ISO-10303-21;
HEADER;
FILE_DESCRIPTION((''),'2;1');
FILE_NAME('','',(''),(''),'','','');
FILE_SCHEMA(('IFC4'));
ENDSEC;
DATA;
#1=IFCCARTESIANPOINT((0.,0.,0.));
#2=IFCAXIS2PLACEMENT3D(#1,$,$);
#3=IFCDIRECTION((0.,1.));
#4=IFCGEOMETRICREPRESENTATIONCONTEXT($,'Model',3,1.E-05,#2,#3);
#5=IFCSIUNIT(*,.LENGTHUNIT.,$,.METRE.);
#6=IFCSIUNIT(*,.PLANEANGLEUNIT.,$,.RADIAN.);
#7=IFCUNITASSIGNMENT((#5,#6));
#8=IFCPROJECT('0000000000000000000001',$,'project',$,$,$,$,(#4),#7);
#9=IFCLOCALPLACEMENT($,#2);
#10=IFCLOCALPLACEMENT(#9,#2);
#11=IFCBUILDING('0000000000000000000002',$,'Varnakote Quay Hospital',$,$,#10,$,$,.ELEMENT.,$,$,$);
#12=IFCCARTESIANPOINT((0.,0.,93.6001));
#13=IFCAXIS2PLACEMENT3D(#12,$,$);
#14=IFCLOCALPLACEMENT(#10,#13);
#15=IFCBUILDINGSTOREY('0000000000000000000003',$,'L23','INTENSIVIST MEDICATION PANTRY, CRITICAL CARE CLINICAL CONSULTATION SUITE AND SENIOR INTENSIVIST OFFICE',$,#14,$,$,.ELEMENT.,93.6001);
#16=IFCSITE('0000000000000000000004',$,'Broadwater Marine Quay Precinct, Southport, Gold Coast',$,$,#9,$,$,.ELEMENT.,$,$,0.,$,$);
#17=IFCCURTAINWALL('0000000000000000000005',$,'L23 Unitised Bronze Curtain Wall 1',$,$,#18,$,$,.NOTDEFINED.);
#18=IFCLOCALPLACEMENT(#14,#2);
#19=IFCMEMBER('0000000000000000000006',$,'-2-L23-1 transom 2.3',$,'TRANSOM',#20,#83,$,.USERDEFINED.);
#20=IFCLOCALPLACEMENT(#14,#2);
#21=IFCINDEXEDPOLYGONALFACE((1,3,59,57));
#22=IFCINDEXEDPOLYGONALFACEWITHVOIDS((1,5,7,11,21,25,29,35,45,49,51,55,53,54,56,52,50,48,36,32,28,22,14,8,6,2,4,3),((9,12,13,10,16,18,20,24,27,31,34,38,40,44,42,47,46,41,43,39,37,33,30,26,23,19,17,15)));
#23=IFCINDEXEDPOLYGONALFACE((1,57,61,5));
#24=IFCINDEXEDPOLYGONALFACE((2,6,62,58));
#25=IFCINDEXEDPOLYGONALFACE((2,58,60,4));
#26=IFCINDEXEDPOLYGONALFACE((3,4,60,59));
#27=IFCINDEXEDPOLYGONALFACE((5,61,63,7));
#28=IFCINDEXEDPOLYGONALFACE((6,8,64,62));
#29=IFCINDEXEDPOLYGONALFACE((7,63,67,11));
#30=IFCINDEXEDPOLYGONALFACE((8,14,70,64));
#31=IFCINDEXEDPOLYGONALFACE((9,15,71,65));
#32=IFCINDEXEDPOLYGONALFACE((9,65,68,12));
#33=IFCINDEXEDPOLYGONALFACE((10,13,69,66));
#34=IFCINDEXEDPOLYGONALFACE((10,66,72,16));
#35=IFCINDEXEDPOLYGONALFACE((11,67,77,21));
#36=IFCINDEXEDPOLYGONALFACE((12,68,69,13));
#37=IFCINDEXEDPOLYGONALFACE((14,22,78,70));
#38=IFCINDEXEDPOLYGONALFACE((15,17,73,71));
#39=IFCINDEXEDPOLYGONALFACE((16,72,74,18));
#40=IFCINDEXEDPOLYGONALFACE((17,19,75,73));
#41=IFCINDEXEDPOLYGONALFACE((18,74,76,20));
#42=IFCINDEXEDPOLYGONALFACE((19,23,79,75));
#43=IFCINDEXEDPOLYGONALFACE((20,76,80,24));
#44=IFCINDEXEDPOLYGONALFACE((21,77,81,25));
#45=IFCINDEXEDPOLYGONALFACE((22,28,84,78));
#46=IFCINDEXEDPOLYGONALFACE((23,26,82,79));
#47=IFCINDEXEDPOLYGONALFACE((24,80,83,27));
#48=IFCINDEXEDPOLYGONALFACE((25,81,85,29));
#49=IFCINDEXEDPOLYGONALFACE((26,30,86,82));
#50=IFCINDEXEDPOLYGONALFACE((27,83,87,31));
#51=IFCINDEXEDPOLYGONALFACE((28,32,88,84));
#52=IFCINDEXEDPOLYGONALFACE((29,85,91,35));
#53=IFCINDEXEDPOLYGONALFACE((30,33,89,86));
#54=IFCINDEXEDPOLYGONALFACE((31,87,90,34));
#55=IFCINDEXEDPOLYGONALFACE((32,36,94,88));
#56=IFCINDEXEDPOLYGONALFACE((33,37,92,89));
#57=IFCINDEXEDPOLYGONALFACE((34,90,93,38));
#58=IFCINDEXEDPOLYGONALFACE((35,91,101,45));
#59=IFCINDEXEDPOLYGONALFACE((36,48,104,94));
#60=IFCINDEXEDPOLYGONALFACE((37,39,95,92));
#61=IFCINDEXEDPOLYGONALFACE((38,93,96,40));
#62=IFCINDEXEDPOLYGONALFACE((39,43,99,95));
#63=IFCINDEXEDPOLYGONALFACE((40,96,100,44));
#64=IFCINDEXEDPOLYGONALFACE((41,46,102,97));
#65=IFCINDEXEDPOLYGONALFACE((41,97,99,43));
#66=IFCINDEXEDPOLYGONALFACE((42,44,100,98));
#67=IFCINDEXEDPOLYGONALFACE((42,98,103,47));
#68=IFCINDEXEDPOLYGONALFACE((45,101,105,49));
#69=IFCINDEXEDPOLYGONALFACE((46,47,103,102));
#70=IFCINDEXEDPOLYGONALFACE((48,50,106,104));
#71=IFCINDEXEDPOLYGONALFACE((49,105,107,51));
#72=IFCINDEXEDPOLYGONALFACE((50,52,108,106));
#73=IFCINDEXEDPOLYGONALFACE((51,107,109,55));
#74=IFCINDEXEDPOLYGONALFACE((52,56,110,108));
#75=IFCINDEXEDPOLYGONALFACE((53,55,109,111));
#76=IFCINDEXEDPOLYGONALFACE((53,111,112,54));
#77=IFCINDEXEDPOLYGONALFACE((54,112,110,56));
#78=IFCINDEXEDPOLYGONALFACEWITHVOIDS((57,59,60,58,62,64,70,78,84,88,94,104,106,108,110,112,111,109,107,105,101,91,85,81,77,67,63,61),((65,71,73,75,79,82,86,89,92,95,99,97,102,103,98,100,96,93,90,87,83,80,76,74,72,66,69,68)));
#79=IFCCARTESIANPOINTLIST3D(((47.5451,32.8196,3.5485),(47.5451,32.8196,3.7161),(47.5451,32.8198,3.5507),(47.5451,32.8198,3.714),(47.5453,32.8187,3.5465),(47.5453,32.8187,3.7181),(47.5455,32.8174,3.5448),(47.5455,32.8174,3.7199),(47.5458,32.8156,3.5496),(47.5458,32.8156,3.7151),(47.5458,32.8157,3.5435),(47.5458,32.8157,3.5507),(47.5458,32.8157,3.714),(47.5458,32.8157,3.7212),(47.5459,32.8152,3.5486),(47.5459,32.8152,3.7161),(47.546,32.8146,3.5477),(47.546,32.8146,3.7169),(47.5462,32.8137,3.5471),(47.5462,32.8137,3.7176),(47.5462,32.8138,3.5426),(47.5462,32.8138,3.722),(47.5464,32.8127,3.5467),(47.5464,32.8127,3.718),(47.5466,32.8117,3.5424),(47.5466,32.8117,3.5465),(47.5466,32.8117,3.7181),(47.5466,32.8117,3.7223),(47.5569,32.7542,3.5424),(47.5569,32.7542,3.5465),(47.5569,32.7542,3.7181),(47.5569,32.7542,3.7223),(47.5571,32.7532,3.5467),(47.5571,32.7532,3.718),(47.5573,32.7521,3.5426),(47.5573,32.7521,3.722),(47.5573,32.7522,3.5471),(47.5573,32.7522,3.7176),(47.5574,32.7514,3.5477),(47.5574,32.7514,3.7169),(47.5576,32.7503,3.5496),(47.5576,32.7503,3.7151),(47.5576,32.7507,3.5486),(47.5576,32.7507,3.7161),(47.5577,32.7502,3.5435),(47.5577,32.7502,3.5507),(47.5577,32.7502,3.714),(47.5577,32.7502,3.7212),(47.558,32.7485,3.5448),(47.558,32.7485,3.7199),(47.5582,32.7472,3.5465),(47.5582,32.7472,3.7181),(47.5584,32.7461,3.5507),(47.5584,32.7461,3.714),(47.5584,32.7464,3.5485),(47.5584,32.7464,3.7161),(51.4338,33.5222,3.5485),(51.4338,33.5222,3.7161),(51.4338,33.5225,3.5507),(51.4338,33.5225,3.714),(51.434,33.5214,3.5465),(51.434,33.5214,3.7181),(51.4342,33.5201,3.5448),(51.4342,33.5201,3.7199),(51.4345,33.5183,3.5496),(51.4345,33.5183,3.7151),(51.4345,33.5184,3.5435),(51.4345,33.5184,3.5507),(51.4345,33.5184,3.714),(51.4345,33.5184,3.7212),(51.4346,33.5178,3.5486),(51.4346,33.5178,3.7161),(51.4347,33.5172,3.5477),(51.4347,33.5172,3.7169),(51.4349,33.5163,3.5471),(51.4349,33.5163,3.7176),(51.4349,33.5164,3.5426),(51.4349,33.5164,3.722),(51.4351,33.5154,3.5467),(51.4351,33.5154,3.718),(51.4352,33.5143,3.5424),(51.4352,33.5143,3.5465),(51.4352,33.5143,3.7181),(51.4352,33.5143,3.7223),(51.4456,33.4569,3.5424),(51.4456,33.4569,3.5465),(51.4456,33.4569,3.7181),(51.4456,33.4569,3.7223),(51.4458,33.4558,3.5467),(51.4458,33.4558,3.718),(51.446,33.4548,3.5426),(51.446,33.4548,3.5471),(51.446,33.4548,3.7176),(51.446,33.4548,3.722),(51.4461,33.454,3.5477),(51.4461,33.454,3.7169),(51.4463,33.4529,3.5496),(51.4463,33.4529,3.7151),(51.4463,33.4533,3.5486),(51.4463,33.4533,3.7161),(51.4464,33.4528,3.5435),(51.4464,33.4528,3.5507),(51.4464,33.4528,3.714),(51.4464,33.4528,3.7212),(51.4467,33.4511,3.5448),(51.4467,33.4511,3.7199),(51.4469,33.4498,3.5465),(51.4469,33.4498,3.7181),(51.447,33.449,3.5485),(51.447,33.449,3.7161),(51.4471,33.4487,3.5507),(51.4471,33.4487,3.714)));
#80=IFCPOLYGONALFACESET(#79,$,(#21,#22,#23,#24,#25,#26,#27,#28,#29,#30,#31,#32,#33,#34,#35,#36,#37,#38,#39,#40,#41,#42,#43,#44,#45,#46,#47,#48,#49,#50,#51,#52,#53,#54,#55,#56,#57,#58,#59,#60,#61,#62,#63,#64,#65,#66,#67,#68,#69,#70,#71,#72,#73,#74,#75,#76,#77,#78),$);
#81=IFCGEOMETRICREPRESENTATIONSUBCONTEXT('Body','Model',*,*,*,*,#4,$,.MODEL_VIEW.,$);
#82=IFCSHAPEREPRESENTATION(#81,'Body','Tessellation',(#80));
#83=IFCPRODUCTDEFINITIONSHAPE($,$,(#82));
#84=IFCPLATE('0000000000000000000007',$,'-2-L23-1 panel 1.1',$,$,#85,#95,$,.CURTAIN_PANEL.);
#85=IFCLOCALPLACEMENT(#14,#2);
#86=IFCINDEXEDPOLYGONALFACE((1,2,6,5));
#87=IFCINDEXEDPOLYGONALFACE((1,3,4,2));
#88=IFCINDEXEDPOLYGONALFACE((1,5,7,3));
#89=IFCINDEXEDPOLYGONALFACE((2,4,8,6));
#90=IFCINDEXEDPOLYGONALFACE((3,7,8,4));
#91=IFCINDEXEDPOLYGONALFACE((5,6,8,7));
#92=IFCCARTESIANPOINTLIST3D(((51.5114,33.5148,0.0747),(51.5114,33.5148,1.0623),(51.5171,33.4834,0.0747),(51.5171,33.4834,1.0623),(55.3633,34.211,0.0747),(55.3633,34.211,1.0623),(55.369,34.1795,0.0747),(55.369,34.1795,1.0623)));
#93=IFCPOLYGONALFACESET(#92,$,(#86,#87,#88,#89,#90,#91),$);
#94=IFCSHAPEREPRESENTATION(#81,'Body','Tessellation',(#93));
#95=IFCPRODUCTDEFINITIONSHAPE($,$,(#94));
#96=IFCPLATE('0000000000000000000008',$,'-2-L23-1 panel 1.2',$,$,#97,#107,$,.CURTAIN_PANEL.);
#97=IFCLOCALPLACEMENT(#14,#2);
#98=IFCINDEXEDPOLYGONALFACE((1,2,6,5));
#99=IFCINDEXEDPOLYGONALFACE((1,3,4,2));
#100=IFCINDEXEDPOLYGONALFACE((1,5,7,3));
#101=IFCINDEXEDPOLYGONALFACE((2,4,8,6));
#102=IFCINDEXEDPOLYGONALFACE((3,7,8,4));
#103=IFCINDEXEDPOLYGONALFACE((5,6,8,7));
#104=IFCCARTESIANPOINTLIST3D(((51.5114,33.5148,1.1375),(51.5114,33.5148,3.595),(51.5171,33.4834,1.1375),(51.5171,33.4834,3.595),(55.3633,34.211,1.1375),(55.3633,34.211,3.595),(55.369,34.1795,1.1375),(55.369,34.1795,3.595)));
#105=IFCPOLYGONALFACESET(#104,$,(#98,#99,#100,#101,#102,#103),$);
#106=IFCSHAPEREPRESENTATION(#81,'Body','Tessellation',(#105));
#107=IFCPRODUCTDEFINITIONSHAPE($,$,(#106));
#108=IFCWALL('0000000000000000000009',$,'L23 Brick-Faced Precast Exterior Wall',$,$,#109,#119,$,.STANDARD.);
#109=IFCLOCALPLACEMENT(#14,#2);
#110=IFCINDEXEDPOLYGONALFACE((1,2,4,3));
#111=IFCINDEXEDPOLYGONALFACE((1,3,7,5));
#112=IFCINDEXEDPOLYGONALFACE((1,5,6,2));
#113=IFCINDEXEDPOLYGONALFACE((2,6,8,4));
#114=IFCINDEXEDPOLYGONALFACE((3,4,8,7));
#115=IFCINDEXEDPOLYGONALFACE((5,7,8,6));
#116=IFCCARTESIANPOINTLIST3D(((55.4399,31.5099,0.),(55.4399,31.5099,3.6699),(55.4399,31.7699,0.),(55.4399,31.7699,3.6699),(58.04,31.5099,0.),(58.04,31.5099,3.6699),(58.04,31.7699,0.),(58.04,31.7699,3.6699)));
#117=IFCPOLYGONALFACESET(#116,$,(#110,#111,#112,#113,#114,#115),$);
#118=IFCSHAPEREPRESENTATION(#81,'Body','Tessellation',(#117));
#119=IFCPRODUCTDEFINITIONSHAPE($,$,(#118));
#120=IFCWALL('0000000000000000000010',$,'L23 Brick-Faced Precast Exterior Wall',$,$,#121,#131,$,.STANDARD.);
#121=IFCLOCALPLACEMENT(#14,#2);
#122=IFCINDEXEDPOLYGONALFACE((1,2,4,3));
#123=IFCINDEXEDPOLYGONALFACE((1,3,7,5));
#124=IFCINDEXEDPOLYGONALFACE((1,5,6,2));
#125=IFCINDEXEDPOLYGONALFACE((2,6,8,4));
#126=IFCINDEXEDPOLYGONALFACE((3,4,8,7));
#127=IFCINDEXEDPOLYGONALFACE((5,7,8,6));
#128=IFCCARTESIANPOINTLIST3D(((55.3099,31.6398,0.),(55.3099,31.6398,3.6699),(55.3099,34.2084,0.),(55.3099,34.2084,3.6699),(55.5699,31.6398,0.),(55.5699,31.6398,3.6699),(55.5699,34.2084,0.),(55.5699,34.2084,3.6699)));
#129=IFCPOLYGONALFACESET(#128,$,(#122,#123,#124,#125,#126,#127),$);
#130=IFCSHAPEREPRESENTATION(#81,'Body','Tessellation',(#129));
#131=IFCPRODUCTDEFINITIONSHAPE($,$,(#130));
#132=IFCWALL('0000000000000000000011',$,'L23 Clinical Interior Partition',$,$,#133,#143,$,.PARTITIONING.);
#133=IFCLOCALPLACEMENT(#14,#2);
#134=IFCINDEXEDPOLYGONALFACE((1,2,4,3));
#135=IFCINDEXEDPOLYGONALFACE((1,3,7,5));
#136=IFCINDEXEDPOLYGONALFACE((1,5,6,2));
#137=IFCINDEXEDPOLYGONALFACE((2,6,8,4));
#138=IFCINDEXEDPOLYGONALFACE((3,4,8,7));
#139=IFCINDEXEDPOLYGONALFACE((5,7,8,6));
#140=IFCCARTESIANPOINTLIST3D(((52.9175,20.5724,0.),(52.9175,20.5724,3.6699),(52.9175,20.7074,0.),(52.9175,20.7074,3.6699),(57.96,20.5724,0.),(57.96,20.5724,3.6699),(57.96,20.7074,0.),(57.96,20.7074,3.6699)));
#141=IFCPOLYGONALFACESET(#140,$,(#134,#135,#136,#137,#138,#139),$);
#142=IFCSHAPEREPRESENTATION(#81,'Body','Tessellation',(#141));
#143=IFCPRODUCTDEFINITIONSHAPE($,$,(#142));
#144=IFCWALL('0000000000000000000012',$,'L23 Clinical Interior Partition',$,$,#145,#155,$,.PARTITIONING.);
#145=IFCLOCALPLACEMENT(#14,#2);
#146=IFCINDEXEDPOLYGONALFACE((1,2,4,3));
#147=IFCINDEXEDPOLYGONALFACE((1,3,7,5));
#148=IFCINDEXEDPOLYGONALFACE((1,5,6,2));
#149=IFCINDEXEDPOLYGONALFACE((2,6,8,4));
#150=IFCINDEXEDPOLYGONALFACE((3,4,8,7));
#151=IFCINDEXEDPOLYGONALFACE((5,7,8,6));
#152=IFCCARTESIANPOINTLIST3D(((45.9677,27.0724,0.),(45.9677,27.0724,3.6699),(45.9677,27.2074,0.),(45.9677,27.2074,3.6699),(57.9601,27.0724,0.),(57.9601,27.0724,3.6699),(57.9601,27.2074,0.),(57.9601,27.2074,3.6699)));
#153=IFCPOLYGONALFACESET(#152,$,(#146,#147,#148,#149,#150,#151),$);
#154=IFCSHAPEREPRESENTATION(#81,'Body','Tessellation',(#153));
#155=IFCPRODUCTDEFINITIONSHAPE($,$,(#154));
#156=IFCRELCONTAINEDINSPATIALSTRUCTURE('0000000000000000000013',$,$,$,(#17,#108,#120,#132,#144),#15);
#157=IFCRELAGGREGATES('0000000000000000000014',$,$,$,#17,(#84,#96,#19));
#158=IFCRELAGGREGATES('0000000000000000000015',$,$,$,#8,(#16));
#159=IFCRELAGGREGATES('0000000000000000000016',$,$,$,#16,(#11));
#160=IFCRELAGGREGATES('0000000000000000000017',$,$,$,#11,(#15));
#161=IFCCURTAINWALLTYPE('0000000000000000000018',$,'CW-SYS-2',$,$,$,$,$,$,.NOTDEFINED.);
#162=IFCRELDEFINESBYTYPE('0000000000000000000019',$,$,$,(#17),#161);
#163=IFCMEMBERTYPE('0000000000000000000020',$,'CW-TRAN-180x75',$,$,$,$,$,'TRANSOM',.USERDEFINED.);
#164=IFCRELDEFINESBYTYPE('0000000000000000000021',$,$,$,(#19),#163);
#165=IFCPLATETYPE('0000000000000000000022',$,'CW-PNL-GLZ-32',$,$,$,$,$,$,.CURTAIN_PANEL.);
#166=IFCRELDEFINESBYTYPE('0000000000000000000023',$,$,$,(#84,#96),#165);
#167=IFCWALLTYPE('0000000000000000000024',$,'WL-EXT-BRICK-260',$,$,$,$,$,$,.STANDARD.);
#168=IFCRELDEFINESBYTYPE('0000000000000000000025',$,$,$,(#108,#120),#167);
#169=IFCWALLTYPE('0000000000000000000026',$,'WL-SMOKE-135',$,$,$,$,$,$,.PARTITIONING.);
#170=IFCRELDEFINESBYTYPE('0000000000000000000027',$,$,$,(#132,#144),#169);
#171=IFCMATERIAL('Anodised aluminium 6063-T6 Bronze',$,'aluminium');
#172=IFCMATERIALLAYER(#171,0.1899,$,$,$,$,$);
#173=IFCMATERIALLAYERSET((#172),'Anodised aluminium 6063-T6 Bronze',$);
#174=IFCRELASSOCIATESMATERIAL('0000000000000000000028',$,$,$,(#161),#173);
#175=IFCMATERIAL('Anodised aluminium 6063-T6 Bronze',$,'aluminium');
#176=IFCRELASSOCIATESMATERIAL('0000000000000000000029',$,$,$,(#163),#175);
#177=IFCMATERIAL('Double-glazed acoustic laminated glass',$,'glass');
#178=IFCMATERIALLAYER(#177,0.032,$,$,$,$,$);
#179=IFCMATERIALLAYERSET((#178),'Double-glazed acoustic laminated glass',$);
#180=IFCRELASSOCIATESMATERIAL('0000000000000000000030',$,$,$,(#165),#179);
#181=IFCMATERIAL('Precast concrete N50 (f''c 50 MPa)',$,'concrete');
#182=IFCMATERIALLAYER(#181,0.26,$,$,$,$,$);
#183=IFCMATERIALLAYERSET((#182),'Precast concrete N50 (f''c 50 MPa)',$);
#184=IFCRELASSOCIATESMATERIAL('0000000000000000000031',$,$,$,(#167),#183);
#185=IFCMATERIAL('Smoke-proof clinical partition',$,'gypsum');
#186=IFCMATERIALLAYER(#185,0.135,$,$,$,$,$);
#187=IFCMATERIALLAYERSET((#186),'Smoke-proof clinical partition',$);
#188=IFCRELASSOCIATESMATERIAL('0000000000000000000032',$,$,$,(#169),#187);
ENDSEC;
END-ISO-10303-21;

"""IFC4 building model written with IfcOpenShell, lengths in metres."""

from ifc_helpers import new_model, si_unit, direction, frame, frame_2d, origin, origin_2d, place, context, subcontext, project, spatial, rectangle, hollow_rectangle, extrude, material, layer, layer_set, material_profile, profile_set, type_object, element, aggregate, save


model = new_model("IFC4")

# Units and contexts
model_context = context("Model", 3, precision=1e-05, world=origin(), true_north=direction((0.0, 1.0)))
body_context = subcontext(model_context, "Body", "Model", "MODEL_VIEW")
ifc_project = project(units=[si_unit("LENGTHUNIT", "METRE"), si_unit("PLANEANGLEUNIT", "RADIAN")], contexts=[model_context])

# Site, building, storey
site_placement = place(None, origin())
site = spatial("IfcSite", under=ifc_project, at=site_placement, Name="Broadwater Marine Quay Precinct, Southport, Gold Coast", CompositionType="ELEMENT", RefElevation=0.0)
building_placement = place(site_placement, origin())
building = spatial("IfcBuilding", under=site, at=building_placement, Name="Varnakote Quay Hospital", CompositionType="ELEMENT")
storey_placement = place(building_placement, frame((0.0, 0.0, 93.6001)))
storey = spatial("IfcBuildingStorey", under=building, at=storey_placement, Name="L23", Description="INTENSIVIST MEDICATION PANTRY, CRITICAL CARE CLINICAL CONSULTATION SUITE AND SENIOR INTENSIVIST OFFICE", CompositionType="ELEMENT", Elevation=93.6001)

# Curtain wall, member, plates
ifc_material_1 = material(Name="Anodised aluminium 6063-T6 Bronze", Category="aluminium")
ifc_layer_1 = layer(ifc_material_1, 0.1899)
ifc_layer_set_1 = layer_set([ifc_layer_1], Name="Anodised aluminium 6063-T6 Bronze")
curtain_wall_type = type_object("IfcCurtainWallType", Name="CW-SYS-2", PredefinedType="NOTDEFINED", material=ifc_layer_set_1)
curtain_wall_placement = place(storey_placement, origin())
curtain_wall = element("IfcCurtainWall", 1, at=curtain_wall_placement, inside=storey, type_object=curtain_wall_type, Name="L23 Unitised Bronze Curtain Wall 1", PredefinedType="NOTDEFINED")
ifc_material_2 = material(Name="Anodised aluminium 6063-T6 Bronze", Category="aluminium")
ifc_material_profile_1 = material_profile(ifc_material_2, hollow_rectangle(XDim=0.075, YDim=0.1799, WallThickness=0.0042, InnerFilletRadius=0.0042, OuterFilletRadius=0.0083, at=origin_2d()), Name="CW-TRAN-180x75")
ifc_profile_set_1 = profile_set([ifc_material_profile_1], Name="Anodised aluminium 6063-T6 Bronze")
member_type_1 = type_object("IfcMemberType", Name="CW-TRAN-180x75", ElementType="TRANSOM", PredefinedType="USERDEFINED", material=ifc_profile_set_1)
member_1_placement = place(storey_placement, frame((51.4404, 33.4856, 3.6323), z_axis=(-0.984065, -0.177809, 0.0), x_axis=(0.177809, -0.984065, 0.0)))
member_1 = element("IfcMember", 2, at=member_1_placement, type_object=member_type_1, Name="-2-L23-1 transom 2.3", ObjectType="TRANSOM", PredefinedType="USERDEFINED", context=body_context, shape_type="SweptSolid", body=[
    extrude(hollow_rectangle(XDim=0.075, YDim=0.1799, WallThickness=0.0042, InnerFilletRadius=0.0042, OuterFilletRadius=0.0083, at=origin_2d()), origin(), (0.0, 0.0, 1.0), 3.9517),
])
ifc_material_3 = material(Name="Double-glazed acoustic laminated glass", Category="glass")
ifc_layer_2 = layer(ifc_material_3, 0.032)
ifc_layer_set_2 = layer_set([ifc_layer_2], Name="Double-glazed acoustic laminated glass")
plate_type = type_object("IfcPlateType", Name="CW-PNL-GLZ-32", PredefinedType="CURTAIN_PANEL", material=ifc_layer_set_2)
plate_1_placement = place(storey_placement, frame((53.4402, 33.8472, 0.0747), z_axis=(0.0, 0.0, 1.0), x_axis=(-0.984058, -0.177846, 0.0)))
plate_1 = element("IfcPlate", 3, at=plate_1_placement, type_object=plate_type, Name="-2-L23-1 panel 1.1", PredefinedType="CURTAIN_PANEL", context=body_context, shape_type="SweptSolid", body=[
    extrude(rectangle(XDim=3.9143, YDim=0.032, at=origin_2d()), origin(), (0.0, 0.0, 1.0), 0.9875),
])
plate_2_placement = place(storey_placement, frame((53.4402, 33.8472, 1.1375), z_axis=(0.0, 0.0, 1.0), x_axis=(-0.984058, -0.177846, 0.0)))
plate_2 = element("IfcPlate", 4, at=plate_2_placement, type_object=plate_type, Name="-2-L23-1 panel 1.2", PredefinedType="CURTAIN_PANEL", context=body_context, shape_type="SweptSolid", body=[
    extrude(rectangle(XDim=3.9143, YDim=0.032, at=origin_2d()), origin(), (0.0, 0.0, 1.0), 2.4575),
])
aggregate(curtain_wall, [plate_1, plate_2, member_1])

# Walls
ifc_material_4 = material(Name="Precast concrete N50 (f'c 50 MPa)", Category="concrete")
ifc_layer_3 = layer(ifc_material_4, 0.26)
ifc_layer_set_3 = layer_set([ifc_layer_3], Name="Precast concrete N50 (f'c 50 MPa)")
wall_type_1 = type_object("IfcWallType", Name="WL-EXT-BRICK-260", PredefinedType="STANDARD", material=ifc_layer_set_3)
wall_1_placement = place(storey_placement, frame((58.04, 31.6399, 0.0), z_axis=(0.0, 0.0, 1.0), x_axis=(-1.0, 0.0, 0.0)))
element("IfcWall", 5, at=wall_1_placement, inside=storey, type_object=wall_type_1, Name="L23 Brick-Faced Precast Exterior Wall", PredefinedType="STANDARD", context=body_context, shape_type="SweptSolid", body=[
    extrude(rectangle(XDim=2.6001, YDim=0.26, at=frame_2d((1.3, 0.0))), origin(), (0.0, 0.0, 1.0), 3.6699),
])
wall_2_placement = place(storey_placement, frame((55.4399, 31.6399, 0.0), z_axis=(0.0, 0.0, 1.0), x_axis=(0.0, 1.0, 0.0)))
element("IfcWall", 6, at=wall_2_placement, inside=storey, type_object=wall_type_1, Name="L23 Brick-Faced Precast Exterior Wall", PredefinedType="STANDARD", context=body_context, shape_type="SweptSolid", body=[
    extrude(rectangle(XDim=2.5686, YDim=0.26, at=frame_2d((1.2842, 0.0))), origin(), (0.0, 0.0, 1.0), 3.6699),
])
ifc_material_5 = material(Name="Smoke-proof clinical partition", Category="gypsum")
ifc_layer_4 = layer(ifc_material_5, 0.135)
ifc_layer_set_4 = layer_set([ifc_layer_4], Name="Smoke-proof clinical partition")
wall_type_2 = type_object("IfcWallType", Name="WL-SMOKE-135", PredefinedType="PARTITIONING", material=ifc_layer_set_4)
wall_3_placement = place(storey_placement, frame((57.96, 20.6399, 0.0), z_axis=(0.0, 0.0, 1.0), x_axis=(-1.0, 0.0, 0.0)))
element("IfcWall", 7, at=wall_3_placement, inside=storey, type_object=wall_type_2, Name="L23 Clinical Interior Partition", PredefinedType="PARTITIONING", context=body_context, shape_type="SweptSolid", body=[
    extrude(rectangle(XDim=5.0425, YDim=0.135, at=frame_2d((2.5212, 0.0))), origin(), (0.0, 0.0, 1.0), 3.6699),
])
wall_4_placement = place(storey_placement, frame((57.96, 27.1399, 0.0), z_axis=(0.0, 0.0, 1.0), x_axis=(-1.0, 0.0, 0.0)))
element("IfcWall", 8, at=wall_4_placement, inside=storey, type_object=wall_type_2, Name="L23 Clinical Interior Partition", PredefinedType="PARTITIONING", context=body_context, shape_type="SweptSolid", body=[
    extrude(rectangle(XDim=11.9924, YDim=0.135, at=frame_2d((5.9961, 0.0))), origin(), (0.0, 0.0, 1.0), 3.6699),
])

save(model, "model.ifc")
